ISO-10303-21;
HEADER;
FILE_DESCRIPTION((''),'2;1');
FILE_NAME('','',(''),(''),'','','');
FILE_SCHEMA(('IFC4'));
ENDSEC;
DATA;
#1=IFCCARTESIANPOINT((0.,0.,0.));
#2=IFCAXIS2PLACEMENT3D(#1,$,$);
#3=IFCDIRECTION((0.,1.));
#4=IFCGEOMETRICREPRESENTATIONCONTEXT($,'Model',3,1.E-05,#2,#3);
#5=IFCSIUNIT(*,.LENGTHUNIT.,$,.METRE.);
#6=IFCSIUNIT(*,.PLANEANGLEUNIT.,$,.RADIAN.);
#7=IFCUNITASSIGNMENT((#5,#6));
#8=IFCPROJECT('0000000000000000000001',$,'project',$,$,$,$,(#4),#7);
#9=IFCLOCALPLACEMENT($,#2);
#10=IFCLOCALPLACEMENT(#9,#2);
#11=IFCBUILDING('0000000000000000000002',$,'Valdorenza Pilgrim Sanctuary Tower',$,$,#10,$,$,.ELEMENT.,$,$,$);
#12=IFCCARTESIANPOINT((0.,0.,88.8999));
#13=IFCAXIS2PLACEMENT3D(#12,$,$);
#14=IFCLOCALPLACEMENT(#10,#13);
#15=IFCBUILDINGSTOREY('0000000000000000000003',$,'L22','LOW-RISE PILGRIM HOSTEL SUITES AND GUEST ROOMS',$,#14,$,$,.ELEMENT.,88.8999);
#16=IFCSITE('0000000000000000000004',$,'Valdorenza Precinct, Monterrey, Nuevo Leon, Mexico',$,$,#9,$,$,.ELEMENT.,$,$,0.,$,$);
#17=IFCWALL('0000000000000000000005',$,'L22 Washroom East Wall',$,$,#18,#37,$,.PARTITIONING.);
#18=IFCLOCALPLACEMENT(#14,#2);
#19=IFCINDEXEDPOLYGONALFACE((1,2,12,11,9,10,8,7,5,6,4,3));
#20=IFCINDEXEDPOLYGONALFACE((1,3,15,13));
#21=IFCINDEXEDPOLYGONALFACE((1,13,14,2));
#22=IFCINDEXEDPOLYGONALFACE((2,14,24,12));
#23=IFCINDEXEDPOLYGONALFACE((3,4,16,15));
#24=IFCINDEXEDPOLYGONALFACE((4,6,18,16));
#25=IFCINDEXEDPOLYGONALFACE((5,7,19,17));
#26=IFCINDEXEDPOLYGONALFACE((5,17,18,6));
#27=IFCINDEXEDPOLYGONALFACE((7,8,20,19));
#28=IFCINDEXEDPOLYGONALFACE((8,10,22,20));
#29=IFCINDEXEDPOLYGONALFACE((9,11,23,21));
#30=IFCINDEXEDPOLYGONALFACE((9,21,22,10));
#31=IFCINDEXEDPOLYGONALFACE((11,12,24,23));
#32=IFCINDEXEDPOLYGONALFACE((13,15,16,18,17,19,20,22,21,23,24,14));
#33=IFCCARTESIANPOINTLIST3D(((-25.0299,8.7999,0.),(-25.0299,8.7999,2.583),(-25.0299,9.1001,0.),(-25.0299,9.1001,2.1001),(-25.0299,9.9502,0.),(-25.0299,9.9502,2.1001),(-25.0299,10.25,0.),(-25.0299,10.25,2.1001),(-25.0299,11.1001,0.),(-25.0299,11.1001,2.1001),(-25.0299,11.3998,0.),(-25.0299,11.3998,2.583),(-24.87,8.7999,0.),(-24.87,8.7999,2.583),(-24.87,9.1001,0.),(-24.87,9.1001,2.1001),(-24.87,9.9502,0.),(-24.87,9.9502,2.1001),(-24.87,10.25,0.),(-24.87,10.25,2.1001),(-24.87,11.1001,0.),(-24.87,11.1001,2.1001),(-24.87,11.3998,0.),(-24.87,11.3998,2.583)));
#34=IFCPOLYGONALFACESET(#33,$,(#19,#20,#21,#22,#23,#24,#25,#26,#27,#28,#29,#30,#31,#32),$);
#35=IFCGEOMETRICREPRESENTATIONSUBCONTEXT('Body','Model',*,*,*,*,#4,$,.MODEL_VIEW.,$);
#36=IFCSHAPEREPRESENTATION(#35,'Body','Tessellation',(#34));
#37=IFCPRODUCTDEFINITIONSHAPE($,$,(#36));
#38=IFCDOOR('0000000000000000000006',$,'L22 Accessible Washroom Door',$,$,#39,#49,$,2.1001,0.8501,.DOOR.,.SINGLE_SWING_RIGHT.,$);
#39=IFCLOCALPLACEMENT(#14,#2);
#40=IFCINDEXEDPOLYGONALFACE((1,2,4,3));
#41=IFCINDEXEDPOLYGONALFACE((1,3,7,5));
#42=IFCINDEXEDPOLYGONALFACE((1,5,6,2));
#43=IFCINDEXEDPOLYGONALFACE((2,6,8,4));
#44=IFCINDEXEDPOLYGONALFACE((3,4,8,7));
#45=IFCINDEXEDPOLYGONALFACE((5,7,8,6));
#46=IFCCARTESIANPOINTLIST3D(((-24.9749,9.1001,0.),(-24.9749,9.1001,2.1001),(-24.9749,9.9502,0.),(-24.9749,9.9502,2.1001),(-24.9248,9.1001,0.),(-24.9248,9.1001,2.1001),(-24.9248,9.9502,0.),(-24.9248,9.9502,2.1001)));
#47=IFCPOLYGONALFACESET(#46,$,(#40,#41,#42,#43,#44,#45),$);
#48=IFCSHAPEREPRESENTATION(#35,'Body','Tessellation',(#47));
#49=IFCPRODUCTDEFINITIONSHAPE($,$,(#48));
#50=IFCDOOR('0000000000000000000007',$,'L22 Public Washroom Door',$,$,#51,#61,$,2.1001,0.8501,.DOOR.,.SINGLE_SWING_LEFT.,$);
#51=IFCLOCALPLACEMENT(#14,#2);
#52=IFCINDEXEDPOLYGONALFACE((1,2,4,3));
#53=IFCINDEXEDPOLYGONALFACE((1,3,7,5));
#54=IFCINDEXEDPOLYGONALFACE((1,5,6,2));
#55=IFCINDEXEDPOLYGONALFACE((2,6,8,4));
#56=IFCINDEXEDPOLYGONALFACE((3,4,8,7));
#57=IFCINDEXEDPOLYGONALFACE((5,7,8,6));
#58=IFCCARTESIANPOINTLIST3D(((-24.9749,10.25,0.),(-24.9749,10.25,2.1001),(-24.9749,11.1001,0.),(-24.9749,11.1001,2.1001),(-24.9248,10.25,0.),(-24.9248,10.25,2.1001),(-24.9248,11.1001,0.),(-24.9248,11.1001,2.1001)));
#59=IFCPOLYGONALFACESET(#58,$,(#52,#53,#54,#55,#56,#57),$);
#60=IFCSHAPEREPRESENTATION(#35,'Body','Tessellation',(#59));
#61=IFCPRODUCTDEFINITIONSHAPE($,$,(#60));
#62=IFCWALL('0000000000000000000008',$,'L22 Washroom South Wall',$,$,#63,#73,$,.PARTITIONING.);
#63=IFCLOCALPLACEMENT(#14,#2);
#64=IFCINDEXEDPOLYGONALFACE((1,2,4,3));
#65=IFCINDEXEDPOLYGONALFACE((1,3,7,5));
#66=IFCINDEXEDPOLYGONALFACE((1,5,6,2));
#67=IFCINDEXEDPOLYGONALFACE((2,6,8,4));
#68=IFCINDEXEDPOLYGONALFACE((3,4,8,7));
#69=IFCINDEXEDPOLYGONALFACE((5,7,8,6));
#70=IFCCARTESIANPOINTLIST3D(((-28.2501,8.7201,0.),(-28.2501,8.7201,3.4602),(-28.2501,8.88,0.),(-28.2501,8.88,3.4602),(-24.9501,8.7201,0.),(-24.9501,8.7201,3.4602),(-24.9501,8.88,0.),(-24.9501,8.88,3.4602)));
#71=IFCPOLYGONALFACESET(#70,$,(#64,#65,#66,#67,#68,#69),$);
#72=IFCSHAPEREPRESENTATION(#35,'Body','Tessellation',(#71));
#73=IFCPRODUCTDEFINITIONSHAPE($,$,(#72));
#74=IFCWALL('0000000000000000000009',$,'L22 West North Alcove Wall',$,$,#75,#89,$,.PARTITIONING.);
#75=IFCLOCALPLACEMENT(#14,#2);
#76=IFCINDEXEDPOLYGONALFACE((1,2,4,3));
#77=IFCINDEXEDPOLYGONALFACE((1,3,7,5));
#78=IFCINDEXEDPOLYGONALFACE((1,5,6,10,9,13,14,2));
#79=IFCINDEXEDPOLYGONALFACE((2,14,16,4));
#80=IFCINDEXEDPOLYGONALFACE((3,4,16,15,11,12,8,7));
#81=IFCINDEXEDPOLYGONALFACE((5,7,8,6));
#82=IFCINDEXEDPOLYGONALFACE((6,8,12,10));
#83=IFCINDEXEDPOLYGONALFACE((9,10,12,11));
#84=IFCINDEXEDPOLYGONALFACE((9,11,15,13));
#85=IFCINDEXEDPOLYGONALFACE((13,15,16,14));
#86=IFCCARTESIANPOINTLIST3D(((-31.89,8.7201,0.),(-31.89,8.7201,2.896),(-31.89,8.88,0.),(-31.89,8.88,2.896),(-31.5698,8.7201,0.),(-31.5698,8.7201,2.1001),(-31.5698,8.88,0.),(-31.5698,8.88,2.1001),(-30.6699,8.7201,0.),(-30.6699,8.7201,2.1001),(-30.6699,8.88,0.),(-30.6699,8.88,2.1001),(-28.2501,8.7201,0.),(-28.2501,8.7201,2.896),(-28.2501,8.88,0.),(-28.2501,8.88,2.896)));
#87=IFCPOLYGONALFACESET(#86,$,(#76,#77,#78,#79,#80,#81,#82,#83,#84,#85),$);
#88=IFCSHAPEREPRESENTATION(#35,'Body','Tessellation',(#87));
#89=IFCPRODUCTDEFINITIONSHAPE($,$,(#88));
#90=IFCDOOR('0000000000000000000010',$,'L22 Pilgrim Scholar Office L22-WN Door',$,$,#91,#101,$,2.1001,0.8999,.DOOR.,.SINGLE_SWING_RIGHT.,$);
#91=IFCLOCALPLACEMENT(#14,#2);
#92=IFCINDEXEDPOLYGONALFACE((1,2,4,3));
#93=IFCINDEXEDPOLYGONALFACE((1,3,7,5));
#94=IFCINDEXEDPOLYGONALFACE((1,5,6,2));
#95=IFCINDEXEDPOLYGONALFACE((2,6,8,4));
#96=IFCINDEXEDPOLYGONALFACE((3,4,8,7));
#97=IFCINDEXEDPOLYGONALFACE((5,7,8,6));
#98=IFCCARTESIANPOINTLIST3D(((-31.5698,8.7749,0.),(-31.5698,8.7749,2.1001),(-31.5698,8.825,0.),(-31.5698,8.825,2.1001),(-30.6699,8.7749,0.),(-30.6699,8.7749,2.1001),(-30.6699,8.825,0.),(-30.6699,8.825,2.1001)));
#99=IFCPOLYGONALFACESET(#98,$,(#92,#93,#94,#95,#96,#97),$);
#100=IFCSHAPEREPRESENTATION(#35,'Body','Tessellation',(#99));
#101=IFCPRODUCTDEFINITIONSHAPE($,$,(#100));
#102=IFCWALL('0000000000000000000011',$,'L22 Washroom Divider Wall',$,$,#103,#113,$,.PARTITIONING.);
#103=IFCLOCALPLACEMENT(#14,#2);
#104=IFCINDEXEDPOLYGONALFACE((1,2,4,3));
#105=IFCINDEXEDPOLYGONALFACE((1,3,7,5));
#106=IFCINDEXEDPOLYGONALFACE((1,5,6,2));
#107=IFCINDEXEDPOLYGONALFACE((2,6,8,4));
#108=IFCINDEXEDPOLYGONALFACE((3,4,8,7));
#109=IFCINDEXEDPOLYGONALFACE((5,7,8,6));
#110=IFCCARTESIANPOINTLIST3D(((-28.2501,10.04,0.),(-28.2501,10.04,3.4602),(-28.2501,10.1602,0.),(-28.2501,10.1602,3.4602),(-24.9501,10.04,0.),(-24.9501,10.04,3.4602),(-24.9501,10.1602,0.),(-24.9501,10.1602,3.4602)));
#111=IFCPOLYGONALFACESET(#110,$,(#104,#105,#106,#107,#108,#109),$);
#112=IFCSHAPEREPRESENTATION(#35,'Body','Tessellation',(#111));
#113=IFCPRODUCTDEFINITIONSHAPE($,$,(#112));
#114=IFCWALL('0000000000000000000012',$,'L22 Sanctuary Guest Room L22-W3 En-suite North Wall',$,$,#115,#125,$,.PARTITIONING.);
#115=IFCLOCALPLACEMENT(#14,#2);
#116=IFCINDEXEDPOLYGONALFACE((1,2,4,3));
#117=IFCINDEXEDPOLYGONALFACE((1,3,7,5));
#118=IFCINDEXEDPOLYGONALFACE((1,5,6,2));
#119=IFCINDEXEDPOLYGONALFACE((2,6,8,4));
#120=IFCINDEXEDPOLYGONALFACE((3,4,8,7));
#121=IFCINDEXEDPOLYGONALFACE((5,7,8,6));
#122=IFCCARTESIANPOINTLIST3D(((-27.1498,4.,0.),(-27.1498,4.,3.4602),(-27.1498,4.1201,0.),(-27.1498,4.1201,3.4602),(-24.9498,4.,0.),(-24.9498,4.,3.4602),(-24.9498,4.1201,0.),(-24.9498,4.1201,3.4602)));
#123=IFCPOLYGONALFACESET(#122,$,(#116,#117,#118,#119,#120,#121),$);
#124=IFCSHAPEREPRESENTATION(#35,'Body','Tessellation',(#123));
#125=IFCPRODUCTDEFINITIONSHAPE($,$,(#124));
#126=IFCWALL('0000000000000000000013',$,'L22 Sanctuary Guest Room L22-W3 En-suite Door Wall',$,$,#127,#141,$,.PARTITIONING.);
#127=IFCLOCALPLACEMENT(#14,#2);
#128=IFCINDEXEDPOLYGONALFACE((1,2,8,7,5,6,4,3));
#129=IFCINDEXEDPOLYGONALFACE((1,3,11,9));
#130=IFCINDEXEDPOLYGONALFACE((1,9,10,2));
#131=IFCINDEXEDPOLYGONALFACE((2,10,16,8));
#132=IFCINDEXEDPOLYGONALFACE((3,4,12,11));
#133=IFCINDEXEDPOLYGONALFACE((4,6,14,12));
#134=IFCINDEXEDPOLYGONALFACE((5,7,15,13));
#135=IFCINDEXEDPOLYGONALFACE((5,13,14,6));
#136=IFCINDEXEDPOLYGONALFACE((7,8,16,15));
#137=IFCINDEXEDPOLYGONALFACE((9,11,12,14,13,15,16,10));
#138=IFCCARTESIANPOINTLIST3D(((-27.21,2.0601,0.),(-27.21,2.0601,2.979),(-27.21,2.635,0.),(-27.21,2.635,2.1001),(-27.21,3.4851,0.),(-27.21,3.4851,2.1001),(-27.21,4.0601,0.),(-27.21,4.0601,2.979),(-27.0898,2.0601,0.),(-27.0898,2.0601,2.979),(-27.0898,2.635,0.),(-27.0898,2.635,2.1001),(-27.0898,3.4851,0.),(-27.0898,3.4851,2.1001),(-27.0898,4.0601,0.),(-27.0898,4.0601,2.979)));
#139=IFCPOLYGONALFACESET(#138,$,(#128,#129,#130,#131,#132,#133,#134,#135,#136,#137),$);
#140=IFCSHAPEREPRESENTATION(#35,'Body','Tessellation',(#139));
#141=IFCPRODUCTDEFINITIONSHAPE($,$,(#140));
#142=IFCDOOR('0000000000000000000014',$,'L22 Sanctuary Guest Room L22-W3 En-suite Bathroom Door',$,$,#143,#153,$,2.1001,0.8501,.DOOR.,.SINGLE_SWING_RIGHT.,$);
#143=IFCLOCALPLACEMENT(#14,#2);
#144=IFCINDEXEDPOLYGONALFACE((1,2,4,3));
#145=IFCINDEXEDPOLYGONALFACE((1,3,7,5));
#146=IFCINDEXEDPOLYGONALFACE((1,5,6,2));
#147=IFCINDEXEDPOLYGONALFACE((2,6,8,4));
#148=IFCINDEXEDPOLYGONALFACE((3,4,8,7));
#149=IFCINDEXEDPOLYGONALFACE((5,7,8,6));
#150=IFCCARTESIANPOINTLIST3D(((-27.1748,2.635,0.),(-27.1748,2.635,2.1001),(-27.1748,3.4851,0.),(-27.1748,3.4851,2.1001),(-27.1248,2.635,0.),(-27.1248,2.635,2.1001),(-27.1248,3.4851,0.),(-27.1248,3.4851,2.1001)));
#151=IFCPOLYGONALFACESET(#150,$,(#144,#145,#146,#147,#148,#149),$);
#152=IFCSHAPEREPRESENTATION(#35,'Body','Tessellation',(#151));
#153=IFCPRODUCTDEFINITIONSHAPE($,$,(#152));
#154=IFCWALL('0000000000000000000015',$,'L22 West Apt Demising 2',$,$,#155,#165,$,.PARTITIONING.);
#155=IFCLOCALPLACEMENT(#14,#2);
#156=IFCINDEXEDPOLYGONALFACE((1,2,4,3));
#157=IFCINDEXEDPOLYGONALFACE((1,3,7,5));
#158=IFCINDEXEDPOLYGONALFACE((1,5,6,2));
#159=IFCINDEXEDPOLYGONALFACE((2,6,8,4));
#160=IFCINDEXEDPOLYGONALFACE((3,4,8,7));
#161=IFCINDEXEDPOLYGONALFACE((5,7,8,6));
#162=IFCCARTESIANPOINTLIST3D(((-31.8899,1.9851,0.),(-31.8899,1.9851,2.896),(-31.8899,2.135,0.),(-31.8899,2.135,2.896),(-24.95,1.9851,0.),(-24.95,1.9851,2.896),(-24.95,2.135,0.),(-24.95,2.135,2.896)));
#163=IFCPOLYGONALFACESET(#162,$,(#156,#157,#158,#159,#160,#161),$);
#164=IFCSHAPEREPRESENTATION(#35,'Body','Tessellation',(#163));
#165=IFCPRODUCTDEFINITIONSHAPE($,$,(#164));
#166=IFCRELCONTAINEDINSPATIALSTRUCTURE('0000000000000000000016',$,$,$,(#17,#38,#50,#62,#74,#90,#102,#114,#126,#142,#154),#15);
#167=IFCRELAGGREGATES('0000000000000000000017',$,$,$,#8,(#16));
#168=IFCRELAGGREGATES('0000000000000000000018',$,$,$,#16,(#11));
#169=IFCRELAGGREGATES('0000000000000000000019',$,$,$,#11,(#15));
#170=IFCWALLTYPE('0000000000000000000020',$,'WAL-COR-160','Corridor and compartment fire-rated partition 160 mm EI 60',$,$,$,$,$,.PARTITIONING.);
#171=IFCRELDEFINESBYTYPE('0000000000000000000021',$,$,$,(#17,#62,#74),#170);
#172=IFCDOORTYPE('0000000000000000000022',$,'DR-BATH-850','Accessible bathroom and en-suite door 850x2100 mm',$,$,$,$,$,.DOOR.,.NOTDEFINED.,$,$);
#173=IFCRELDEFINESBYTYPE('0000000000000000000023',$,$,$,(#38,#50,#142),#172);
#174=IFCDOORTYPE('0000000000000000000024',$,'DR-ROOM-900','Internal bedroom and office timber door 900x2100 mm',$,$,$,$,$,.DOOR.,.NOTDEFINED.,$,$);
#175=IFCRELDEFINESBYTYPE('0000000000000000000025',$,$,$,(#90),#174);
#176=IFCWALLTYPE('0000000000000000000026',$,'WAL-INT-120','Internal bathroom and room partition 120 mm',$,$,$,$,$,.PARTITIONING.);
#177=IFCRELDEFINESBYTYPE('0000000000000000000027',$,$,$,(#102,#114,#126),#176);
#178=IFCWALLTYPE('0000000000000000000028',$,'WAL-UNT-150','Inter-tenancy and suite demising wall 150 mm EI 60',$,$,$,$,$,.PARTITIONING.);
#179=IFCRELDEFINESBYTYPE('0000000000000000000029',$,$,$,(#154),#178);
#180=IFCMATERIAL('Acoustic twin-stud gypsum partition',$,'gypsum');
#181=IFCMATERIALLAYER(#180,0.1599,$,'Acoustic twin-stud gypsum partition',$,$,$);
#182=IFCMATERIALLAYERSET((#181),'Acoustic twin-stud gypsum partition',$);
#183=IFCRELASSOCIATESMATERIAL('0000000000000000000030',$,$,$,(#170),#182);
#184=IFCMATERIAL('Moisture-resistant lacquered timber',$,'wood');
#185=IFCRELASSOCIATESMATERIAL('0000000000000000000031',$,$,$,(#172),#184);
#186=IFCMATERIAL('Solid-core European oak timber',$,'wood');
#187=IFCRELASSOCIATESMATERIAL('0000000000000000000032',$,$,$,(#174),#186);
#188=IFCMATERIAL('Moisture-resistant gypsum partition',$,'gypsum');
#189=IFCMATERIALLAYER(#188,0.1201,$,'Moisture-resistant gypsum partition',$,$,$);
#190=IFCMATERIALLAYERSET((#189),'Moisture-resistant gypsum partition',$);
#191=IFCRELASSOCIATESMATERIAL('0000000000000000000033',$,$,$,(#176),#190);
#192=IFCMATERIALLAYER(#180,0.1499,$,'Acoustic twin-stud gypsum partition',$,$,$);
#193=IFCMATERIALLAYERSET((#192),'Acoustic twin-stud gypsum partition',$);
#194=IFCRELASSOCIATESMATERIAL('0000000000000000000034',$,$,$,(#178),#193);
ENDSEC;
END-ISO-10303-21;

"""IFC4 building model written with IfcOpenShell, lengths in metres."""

from ifc_helpers import new_model, si_unit, direction, frame, frame_2d, origin, place, context, subcontext, project, spatial, rectangle, extrude, material, layer, layer_set, type_object, element, fill, save


model = new_model("IFC4")

# Units and contexts
model_context = context("Model", 3, precision=1e-05, world=origin(), true_north=direction((0.0, 1.0)))
body_context = subcontext(model_context, "Body", "Model", "MODEL_VIEW")
ifc_project = project(units=[si_unit("LENGTHUNIT", "METRE"), si_unit("PLANEANGLEUNIT", "RADIAN")], contexts=[model_context])

# Site, building, storey
site_placement = place(None, origin())
site = spatial("IfcSite", under=ifc_project, at=site_placement, Name="Valdorenza Precinct, Monterrey, Nuevo Leon, Mexico", CompositionType="ELEMENT", RefElevation=0.0)
building_placement = place(site_placement, origin())
building = spatial("IfcBuilding", under=site, at=building_placement, Name="Valdorenza Pilgrim Sanctuary Tower", CompositionType="ELEMENT")
storey_placement = place(building_placement, frame((0.0, 0.0, 88.8999)))
storey = spatial("IfcBuildingStorey", under=building, at=storey_placement, Name="L22", Description="LOW-RISE PILGRIM HOSTEL SUITES AND GUEST ROOMS", CompositionType="ELEMENT", Elevation=88.8999)

# Shared definitions
ifc_material_1 = material(Name="Acoustic twin-stud gypsum partition", Category="gypsum")
ifc_layer_1 = layer(ifc_material_1, 0.1599, Name="Acoustic twin-stud gypsum partition")
ifc_layer_set_1 = layer_set([ifc_layer_1], Name="Acoustic twin-stud gypsum partition")
wall_type_1 = type_object("IfcWallType", Name="WAL-COR-160", Description="Corridor and compartment fire-rated partition 160 mm EI 60", PredefinedType="PARTITIONING", material=ifc_layer_set_1)

# Wall, openings, doors
wall_1_placement = place(storey_placement, frame((-24.95, 8.8, 0.0), z_axis=(0.0, 0.0, 1.0), x_axis=(0.0, 1.0, 0.0)))
wall_1 = element("IfcWall", 1, at=wall_1_placement, inside=storey, type_object=wall_type_1, Name="L22 Washroom East Wall", PredefinedType="PARTITIONING", context=body_context, shape_type="SweptSolid", body=[
    extrude(rectangle(XDim=2.5999, YDim=0.1599, at=frame_2d((1.2998, 0.0))), origin(), (0.0, 0.0, 1.0), 2.583),
])
opening_1_placement = place(wall_1_placement, frame((0.3, 0.0, 0.0)))
opening_1 = element("IfcOpeningElement", 2, at=opening_1_placement, cuts=wall_1, PredefinedType="OPENING", context=body_context, shape_type="SweptSolid", body=[
    extrude(rectangle(XDim=0.8501, YDim=2.1001, at=frame_2d((0.425, 1.05))), frame((0.0, 0.0947, 0.0), z_axis=(0.0, -1.0, 0.0), x_axis=(1.0, 0.0, 0.0)), (0.0, 0.0, 1.0), 0.1897),
])
opening_2_placement = place(wall_1_placement, frame((1.45, 0.0, 0.0)))
opening_2 = element("IfcOpeningElement", 3, at=opening_2_placement, cuts=wall_1, PredefinedType="OPENING", context=body_context, shape_type="SweptSolid", body=[
    extrude(rectangle(XDim=0.8501, YDim=2.1001, at=frame_2d((0.425, 1.05))), frame((0.0, 0.0947, 0.0), z_axis=(0.0, -1.0, 0.0), x_axis=(1.0, 0.0, 0.0)), (0.0, 0.0, 1.0), 0.1897),
])
ifc_material_2 = material(Name="Moisture-resistant lacquered timber", Category="wood")
door_type_1 = type_object("IfcDoorType", Name="DR-BATH-850", Description="Accessible bathroom and en-suite door 850x2100 mm", OperationType="NOTDEFINED", PredefinedType="DOOR", material=ifc_material_2)
door_1_placement = place(opening_1_placement, origin())
door_1 = element("IfcDoor", 4, at=door_1_placement, inside=storey, type_object=door_type_1, Name="L22 Accessible Washroom Door", OperationType="SINGLE_SWING_RIGHT", OverallHeight=2.1001, OverallWidth=0.8501, PredefinedType="DOOR", context=body_context, shape_type="SweptSolid", body=[
    extrude(rectangle(XDim=0.8501, YDim=2.1001, at=frame_2d((0.425, 1.05))), frame((0.0, 0.0249, 0.0), z_axis=(0.0, -1.0, 0.0), x_axis=(1.0, 0.0, 0.0)), (0.0, 0.0, 1.0), 0.05),
])
fill(opening_1, door_1)
door_2_placement = place(opening_2_placement, origin())
door_2 = element("IfcDoor", 5, at=door_2_placement, inside=storey, type_object=door_type_1, Name="L22 Public Washroom Door", OperationType="SINGLE_SWING_LEFT", OverallHeight=2.1001, OverallWidth=0.8501, PredefinedType="DOOR", context=body_context, shape_type="SweptSolid", body=[
    extrude(rectangle(XDim=0.8501, YDim=2.1001, at=frame_2d((0.425, 1.05))), frame((0.0, 0.0249, 0.0), z_axis=(0.0, -1.0, 0.0), x_axis=(1.0, 0.0, 0.0)), (0.0, 0.0, 1.0), 0.05),
])
fill(opening_2, door_2)

# Wall
wall_2_placement = place(storey_placement, frame((-28.25, 8.8, 0.0), z_axis=(0.0, 0.0, 1.0), x_axis=(1.0, 0.0, 0.0)))
element("IfcWall", 6, at=wall_2_placement, inside=storey, type_object=wall_type_1, Name="L22 Washroom South Wall", PredefinedType="PARTITIONING", context=body_context, shape_type="SweptSolid", body=[
    extrude(rectangle(XDim=3.3, YDim=0.1599, at=frame_2d((1.6499, 0.0))), origin(), (0.0, 0.0, 1.0), 3.4602),
])

# Wall, opening, door
wall_3_placement = place(storey_placement, frame((-31.8899, 8.8, 0.0), z_axis=(0.0, 0.0, 1.0), x_axis=(1.0, 0.0, 0.0)))
wall_3 = element("IfcWall", 7, at=wall_3_placement, inside=storey, type_object=wall_type_1, Name="L22 West North Alcove Wall", PredefinedType="PARTITIONING", context=body_context, shape_type="SweptSolid", body=[
    extrude(rectangle(XDim=3.6399, YDim=0.1599, at=frame_2d((1.8198, 0.0))), origin(), (0.0, 0.0, 1.0), 2.896),
])
opening_3_placement = place(wall_3_placement, frame((0.3201, 0.0, 0.0)))
opening_3 = element("IfcOpeningElement", 8, at=opening_3_placement, cuts=wall_3, PredefinedType="OPENING", context=body_context, shape_type="SweptSolid", body=[
    extrude(rectangle(XDim=0.8999, YDim=2.1001, at=frame_2d((0.45, 1.05))), frame((0.0, 0.0947, 0.0), z_axis=(0.0, -1.0, 0.0), x_axis=(1.0, 0.0, 0.0)), (0.0, 0.0, 1.0), 0.1897),
])
ifc_material_3 = material(Name="Solid-core European oak timber", Category="wood")
door_type_2 = type_object("IfcDoorType", Name="DR-ROOM-900", Description="Internal bedroom and office timber door 900x2100 mm", OperationType="NOTDEFINED", PredefinedType="DOOR", material=ifc_material_3)
door_3_placement = place(opening_3_placement, origin())
door_3 = element("IfcDoor", 9, at=door_3_placement, inside=storey, type_object=door_type_2, Name="L22 Pilgrim Scholar Office L22-WN Door", OperationType="SINGLE_SWING_RIGHT", OverallHeight=2.1001, OverallWidth=0.8999, PredefinedType="DOOR", context=body_context, shape_type="SweptSolid", body=[
    extrude(rectangle(XDim=0.8999, YDim=2.1001, at=frame_2d((0.45, 1.05))), frame((0.0, 0.0249, 0.0), z_axis=(0.0, -1.0, 0.0), x_axis=(1.0, 0.0, 0.0)), (0.0, 0.0, 1.0), 0.05),
])
fill(opening_3, door_3)

# Walls
ifc_material_4 = material(Name="Moisture-resistant gypsum partition", Category="gypsum")
ifc_layer_2 = layer(ifc_material_4, 0.1201, Name="Moisture-resistant gypsum partition")
ifc_layer_set_2 = layer_set([ifc_layer_2], Name="Moisture-resistant gypsum partition")
wall_type_2 = type_object("IfcWallType", Name="WAL-INT-120", Description="Internal bathroom and room partition 120 mm", PredefinedType="PARTITIONING", material=ifc_layer_set_2)
wall_4_placement = place(storey_placement, frame((-28.25, 10.1001, 0.0), z_axis=(0.0, 0.0, 1.0), x_axis=(1.0, 0.0, 0.0)))
element("IfcWall", 10, at=wall_4_placement, inside=storey, type_object=wall_type_2, Name="L22 Washroom Divider Wall", PredefinedType="PARTITIONING", context=body_context, shape_type="SweptSolid", body=[
    extrude(rectangle(XDim=3.3, YDim=0.1201, at=frame_2d((1.6499, 0.0))), origin(), (0.0, 0.0, 1.0), 3.4602),
])
wall_5_placement = place(storey_placement, frame((-27.1499, 4.0601, 0.0), z_axis=(0.0, 0.0, 1.0), x_axis=(1.0, 0.0, 0.0)))
element("IfcWall", 11, at=wall_5_placement, inside=storey, type_object=wall_type_2, Name="L22 Sanctuary Guest Room L22-W3 En-suite North Wall", PredefinedType="PARTITIONING", context=body_context, shape_type="SweptSolid", body=[
    extrude(rectangle(XDim=2.2, YDim=0.1201, at=frame_2d((1.1001, 0.0))), origin(), (0.0, 0.0, 1.0), 3.4602),
])

# Wall, opening, door
wall_6_placement = place(storey_placement, frame((-27.1499, 2.0601, 0.0), z_axis=(0.0, 0.0, 1.0), x_axis=(0.0, 1.0, 0.0)))
wall_6 = element("IfcWall", 12, at=wall_6_placement, inside=storey, type_object=wall_type_2, Name="L22 Sanctuary Guest Room L22-W3 En-suite Door Wall", PredefinedType="PARTITIONING", context=body_context, shape_type="SweptSolid", body=[
    extrude(rectangle(XDim=2.0, YDim=0.1201, at=frame_2d((1.0, 0.0))), origin(), (0.0, 0.0, 1.0), 2.979),
])
opening_4_placement = place(wall_6_placement, frame((0.575, 0.0, 0.0)))
opening_4 = element("IfcOpeningElement", 13, at=opening_4_placement, cuts=wall_6, PredefinedType="OPENING", context=body_context, shape_type="SweptSolid", body=[
    extrude(rectangle(XDim=0.8501, YDim=2.1001, at=frame_2d((0.425, 1.05))), frame((0.0, 0.075, 0.0), z_axis=(0.0, -1.0, 0.0), x_axis=(1.0, 0.0, 0.0)), (0.0, 0.0, 1.0), 0.1499),
])
door_4_placement = place(opening_4_placement, origin())
door_4 = element("IfcDoor", 14, at=door_4_placement, inside=storey, type_object=door_type_1, Name="L22 Sanctuary Guest Room L22-W3 En-suite Bathroom Door", OperationType="SINGLE_SWING_RIGHT", OverallHeight=2.1001, OverallWidth=0.8501, PredefinedType="DOOR", context=body_context, shape_type="SweptSolid", body=[
    extrude(rectangle(XDim=0.8501, YDim=2.1001, at=frame_2d((0.425, 1.05))), frame((0.0, 0.0249, 0.0), z_axis=(0.0, -1.0, 0.0), x_axis=(1.0, 0.0, 0.0)), (0.0, 0.0, 1.0), 0.05),
])
fill(opening_4, door_4)

# Wall
ifc_layer_3 = layer(ifc_material_1, 0.1499, Name="Acoustic twin-stud gypsum partition")
ifc_layer_set_3 = layer_set([ifc_layer_3], Name="Acoustic twin-stud gypsum partition")
wall_type_3 = type_object("IfcWallType", Name="WAL-UNT-150", Description="Inter-tenancy and suite demising wall 150 mm EI 60", PredefinedType="PARTITIONING", material=ifc_layer_set_3)
wall_7_placement = place(storey_placement, frame((-31.8899, 2.0601, 0.0), z_axis=(0.0, 0.0, 1.0), x_axis=(1.0, 0.0, 0.0)))
element("IfcWall", 15, at=wall_7_placement, inside=storey, type_object=wall_type_3, Name="L22 West Apt Demising 2", PredefinedType="PARTITIONING", context=body_context, shape_type="SweptSolid", body=[
    extrude(rectangle(XDim=6.9399, YDim=0.1499, at=frame_2d((3.47, 0.0))), origin(), (0.0, 0.0, 1.0), 2.896),
])

save(model, "model.ifc")
